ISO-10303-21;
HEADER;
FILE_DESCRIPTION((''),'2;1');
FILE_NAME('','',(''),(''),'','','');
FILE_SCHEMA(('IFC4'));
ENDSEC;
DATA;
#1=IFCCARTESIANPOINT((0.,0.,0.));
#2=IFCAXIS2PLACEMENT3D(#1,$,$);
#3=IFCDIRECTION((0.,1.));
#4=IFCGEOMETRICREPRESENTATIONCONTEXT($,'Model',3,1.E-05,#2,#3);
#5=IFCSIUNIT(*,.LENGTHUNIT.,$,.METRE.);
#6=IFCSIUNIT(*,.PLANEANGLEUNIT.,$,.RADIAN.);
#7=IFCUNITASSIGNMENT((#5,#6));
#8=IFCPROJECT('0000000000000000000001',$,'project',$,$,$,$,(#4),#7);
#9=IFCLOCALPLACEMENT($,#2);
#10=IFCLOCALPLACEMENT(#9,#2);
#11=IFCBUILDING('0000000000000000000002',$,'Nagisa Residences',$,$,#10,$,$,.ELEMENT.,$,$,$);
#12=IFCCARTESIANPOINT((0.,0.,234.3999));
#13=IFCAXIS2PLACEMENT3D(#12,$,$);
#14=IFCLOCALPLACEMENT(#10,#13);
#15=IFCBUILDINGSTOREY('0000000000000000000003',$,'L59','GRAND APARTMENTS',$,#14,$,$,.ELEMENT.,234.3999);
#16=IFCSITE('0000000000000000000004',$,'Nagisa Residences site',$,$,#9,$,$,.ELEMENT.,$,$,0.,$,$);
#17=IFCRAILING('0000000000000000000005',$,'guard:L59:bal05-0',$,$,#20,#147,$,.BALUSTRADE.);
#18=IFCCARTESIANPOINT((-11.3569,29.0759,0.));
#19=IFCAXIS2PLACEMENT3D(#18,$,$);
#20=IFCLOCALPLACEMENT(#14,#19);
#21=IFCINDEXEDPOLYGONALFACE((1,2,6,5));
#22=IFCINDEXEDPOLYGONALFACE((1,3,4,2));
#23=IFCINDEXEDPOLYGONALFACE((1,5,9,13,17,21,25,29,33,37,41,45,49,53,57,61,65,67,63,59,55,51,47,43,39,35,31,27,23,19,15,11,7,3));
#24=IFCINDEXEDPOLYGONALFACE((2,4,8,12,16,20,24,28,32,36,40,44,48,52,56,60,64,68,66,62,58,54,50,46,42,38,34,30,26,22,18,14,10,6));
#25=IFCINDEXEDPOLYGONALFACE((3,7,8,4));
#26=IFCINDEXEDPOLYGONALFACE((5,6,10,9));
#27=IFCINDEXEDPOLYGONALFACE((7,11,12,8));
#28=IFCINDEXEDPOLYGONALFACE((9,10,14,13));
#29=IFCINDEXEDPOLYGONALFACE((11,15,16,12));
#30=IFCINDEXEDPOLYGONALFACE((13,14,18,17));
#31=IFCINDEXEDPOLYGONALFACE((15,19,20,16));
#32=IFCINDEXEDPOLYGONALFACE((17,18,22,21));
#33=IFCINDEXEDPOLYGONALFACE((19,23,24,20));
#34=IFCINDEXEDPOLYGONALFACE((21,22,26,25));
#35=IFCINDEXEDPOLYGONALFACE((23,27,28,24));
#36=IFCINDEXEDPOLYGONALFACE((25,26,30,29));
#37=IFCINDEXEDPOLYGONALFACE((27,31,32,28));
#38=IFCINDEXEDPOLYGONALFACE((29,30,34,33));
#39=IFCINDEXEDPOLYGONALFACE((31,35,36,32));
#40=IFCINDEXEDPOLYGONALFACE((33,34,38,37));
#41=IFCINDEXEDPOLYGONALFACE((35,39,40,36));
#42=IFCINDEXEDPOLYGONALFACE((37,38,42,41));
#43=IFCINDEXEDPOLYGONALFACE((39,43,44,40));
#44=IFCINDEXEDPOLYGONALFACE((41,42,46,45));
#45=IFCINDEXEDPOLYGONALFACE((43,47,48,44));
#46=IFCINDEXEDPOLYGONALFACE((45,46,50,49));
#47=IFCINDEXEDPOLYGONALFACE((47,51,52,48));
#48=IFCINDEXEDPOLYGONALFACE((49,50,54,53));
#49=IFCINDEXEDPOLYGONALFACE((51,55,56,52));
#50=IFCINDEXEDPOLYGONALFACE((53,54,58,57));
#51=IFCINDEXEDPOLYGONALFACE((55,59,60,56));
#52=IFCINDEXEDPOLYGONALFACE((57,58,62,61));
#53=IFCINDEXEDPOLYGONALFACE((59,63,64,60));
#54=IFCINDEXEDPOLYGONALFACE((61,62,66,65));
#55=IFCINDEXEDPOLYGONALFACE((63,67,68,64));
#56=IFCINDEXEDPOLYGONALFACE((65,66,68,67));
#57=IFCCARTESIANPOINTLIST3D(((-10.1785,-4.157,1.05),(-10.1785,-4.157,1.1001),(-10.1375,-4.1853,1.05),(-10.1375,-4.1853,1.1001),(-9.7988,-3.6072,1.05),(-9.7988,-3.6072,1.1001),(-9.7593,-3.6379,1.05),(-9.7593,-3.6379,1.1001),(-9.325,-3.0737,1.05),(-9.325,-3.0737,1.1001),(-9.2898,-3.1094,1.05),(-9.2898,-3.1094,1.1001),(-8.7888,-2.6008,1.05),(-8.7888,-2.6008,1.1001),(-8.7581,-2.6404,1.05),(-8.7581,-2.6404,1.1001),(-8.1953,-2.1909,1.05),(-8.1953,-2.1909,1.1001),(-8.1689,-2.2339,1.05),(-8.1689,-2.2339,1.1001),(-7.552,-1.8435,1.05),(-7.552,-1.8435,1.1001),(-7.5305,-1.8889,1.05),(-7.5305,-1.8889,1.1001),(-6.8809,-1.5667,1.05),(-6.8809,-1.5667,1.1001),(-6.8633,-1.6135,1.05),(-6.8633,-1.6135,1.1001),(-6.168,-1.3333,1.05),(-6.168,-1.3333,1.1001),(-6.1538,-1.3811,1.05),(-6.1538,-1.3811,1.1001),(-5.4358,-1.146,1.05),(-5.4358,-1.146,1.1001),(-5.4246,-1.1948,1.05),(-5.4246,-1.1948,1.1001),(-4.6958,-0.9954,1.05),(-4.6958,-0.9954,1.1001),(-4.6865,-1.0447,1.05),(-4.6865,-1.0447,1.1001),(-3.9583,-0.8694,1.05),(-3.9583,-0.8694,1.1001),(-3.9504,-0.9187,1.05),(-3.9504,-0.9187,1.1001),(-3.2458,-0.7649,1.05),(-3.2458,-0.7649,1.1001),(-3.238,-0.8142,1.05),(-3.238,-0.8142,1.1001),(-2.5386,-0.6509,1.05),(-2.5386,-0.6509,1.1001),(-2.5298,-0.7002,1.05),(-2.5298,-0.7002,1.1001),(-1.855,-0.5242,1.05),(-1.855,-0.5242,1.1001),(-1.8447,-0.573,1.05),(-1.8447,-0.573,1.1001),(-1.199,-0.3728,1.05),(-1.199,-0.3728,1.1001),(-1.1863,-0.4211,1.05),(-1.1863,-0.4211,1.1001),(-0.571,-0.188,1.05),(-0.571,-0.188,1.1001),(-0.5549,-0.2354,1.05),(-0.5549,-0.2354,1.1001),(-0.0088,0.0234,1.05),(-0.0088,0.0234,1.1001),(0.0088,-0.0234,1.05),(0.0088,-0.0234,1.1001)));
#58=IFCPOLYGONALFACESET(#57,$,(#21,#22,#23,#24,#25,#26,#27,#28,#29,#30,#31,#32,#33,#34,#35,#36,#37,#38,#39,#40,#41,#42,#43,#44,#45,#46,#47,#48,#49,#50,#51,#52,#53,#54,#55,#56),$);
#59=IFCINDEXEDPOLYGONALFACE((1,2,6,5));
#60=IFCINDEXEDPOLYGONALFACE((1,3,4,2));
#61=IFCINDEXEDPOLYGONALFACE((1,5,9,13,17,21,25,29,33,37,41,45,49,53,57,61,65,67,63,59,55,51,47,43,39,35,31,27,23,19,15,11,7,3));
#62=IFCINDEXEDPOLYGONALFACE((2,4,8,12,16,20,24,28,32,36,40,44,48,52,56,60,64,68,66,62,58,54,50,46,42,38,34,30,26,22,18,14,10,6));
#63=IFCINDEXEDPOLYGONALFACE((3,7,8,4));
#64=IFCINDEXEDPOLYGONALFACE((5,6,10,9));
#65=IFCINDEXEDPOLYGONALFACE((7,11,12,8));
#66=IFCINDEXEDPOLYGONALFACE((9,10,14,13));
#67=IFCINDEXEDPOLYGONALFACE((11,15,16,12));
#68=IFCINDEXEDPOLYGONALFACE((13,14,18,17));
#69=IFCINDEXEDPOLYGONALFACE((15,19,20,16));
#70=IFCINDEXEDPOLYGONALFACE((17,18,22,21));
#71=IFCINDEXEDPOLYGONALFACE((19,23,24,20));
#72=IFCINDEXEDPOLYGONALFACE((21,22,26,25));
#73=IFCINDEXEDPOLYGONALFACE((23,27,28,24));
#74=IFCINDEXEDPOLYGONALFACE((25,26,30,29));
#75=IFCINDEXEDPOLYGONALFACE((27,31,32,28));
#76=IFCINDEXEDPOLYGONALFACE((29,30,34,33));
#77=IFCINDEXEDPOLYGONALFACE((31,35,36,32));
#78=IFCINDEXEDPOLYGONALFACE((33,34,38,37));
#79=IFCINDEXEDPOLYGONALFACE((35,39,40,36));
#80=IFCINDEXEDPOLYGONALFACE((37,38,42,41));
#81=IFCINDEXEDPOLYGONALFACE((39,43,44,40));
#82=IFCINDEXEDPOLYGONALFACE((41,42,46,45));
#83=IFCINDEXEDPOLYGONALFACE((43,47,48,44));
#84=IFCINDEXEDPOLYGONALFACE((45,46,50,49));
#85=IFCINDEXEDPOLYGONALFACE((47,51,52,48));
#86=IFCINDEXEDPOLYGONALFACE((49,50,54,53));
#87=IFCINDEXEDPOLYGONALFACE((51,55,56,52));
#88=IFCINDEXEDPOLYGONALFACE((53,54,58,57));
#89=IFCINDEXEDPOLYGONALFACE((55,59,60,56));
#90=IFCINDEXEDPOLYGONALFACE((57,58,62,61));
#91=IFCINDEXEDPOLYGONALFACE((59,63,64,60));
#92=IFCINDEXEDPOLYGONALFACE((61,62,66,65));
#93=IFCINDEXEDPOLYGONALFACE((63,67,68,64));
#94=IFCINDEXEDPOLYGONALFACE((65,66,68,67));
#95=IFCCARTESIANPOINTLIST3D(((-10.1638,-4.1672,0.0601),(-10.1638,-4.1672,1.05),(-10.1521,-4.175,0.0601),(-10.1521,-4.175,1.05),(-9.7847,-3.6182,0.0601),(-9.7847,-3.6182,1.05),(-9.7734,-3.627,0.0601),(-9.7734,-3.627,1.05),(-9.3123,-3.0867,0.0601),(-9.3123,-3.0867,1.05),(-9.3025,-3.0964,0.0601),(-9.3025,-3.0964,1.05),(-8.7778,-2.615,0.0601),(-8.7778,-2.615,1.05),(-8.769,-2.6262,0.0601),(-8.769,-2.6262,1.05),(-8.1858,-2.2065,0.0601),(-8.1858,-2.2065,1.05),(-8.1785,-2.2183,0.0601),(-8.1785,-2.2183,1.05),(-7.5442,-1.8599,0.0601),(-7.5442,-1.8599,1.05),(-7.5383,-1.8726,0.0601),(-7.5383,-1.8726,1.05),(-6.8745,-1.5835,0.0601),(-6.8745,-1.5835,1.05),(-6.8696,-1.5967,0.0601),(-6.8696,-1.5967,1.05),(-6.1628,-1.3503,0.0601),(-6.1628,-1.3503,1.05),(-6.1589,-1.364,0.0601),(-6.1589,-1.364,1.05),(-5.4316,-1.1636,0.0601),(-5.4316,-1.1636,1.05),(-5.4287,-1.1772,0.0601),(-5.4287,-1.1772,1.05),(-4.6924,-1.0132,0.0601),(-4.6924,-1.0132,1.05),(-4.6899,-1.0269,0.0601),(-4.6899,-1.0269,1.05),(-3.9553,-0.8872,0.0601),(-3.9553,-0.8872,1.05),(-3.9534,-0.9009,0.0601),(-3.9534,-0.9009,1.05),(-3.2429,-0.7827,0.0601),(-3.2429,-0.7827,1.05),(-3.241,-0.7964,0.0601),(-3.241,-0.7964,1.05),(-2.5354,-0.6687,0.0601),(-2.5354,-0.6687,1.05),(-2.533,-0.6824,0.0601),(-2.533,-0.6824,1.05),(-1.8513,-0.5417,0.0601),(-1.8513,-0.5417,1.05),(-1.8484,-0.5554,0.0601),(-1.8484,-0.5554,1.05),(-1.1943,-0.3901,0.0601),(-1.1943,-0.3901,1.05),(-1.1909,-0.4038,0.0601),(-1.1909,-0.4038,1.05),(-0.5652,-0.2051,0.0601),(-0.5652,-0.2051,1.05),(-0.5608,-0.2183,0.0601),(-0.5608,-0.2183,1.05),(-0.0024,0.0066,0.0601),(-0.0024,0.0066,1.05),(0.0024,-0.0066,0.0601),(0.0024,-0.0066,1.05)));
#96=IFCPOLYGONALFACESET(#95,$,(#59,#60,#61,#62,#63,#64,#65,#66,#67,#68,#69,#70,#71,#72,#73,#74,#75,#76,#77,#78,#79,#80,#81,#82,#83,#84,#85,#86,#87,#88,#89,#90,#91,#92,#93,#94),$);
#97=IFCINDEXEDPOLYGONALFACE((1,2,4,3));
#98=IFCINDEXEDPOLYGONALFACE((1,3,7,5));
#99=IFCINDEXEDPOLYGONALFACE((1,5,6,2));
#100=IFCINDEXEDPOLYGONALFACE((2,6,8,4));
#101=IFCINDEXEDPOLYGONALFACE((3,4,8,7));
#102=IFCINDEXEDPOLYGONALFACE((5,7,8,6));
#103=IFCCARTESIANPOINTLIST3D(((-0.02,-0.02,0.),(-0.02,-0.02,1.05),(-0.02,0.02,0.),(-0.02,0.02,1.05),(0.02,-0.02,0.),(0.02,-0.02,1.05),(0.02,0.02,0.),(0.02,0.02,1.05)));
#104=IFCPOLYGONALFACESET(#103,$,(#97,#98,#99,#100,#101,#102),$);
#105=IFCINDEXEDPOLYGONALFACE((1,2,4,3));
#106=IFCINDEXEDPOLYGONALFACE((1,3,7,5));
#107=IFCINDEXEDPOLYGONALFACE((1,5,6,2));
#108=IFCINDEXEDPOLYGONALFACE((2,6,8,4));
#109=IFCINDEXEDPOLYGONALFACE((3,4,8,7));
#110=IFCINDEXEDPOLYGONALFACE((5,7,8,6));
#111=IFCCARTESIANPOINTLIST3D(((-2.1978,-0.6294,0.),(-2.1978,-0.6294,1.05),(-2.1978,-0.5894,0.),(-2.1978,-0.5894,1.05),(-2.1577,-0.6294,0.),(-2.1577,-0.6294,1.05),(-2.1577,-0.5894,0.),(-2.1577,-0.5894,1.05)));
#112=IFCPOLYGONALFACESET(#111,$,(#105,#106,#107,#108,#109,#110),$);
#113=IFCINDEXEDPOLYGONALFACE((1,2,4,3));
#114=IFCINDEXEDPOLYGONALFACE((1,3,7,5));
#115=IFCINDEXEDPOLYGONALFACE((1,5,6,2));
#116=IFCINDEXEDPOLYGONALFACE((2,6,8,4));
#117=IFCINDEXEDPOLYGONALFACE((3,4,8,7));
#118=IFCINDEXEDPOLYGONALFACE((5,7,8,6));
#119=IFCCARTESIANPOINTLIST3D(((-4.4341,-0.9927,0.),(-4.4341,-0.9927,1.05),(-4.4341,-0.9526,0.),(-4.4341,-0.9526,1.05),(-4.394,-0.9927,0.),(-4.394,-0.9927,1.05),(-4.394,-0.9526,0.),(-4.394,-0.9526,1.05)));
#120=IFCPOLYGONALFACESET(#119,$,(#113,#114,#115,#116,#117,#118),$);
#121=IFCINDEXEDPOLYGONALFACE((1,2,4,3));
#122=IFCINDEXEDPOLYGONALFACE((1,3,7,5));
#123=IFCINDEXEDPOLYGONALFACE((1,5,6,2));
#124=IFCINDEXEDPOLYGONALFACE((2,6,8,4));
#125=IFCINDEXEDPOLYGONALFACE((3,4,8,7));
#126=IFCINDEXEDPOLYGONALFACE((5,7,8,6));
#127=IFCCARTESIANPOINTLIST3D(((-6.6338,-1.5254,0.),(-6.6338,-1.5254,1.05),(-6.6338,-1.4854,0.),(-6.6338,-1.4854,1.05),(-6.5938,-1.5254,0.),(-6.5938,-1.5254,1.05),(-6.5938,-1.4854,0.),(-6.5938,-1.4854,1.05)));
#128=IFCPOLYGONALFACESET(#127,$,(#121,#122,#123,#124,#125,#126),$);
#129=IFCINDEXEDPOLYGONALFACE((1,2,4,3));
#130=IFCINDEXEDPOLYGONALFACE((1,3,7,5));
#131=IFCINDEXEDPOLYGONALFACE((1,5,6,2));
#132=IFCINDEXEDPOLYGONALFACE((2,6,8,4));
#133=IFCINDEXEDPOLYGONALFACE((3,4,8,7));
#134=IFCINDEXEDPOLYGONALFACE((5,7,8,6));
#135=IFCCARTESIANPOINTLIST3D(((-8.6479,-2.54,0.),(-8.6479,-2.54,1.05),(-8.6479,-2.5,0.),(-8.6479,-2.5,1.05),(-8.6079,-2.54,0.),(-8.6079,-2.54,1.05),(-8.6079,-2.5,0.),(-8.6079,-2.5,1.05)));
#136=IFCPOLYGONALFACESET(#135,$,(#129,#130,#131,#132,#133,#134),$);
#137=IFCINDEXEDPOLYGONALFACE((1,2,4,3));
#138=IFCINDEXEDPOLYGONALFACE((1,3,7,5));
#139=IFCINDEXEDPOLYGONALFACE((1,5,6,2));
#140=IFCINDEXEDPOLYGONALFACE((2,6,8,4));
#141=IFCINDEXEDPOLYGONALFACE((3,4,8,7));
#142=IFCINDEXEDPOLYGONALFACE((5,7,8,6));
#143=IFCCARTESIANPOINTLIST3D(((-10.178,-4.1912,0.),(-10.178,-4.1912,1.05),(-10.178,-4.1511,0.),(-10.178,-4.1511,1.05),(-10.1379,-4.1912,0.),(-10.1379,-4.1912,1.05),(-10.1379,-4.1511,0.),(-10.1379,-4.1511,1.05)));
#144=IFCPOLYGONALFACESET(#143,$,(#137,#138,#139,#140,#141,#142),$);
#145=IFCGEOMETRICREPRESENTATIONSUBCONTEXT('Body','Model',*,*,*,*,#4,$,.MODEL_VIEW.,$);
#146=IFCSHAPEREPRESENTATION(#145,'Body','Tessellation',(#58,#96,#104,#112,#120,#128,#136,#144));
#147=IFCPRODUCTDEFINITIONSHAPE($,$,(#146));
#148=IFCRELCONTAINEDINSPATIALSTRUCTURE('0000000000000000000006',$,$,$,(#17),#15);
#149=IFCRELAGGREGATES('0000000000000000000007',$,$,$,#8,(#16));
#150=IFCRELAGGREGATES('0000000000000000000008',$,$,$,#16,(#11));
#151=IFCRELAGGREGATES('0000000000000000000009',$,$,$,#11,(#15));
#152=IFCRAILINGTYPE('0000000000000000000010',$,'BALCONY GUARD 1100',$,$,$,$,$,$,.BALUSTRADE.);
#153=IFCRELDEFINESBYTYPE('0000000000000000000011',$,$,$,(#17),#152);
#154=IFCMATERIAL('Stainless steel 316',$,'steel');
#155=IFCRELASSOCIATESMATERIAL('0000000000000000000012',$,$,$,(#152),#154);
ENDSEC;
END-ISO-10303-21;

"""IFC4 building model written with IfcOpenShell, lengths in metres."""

from ifc_helpers import new_model, si_unit, direction, frame, origin, origin_2d, place, context, subcontext, project, spatial, polyline, rectangle, outline, extrude, material, type_object, element, save


model = new_model("IFC4")

# Units and contexts
model_context = context("Model", 3, precision=1e-05, world=origin(), true_north=direction((0.0, 1.0)))
body_context = subcontext(model_context, "Body", "Model", "MODEL_VIEW")
ifc_project = project(units=[si_unit("LENGTHUNIT", "METRE"), si_unit("PLANEANGLEUNIT", "RADIAN")], contexts=[model_context])

# Site, building, storey
site_placement = place(None, origin())
site = spatial("IfcSite", under=ifc_project, at=site_placement, Name="Nagisa Residences site", CompositionType="ELEMENT", RefElevation=0.0)
building_placement = place(site_placement, origin())
building = spatial("IfcBuilding", under=site, at=building_placement, Name="Nagisa Residences", CompositionType="ELEMENT")
storey_placement = place(building_placement, frame((0.0, 0.0, 234.3999)))
storey = spatial("IfcBuildingStorey", under=building, at=storey_placement, Name="L59", Description="GRAND APARTMENTS", CompositionType="ELEMENT", Elevation=234.3999)

# Railing
ifc_material_1 = material(Name="Stainless steel 316", Category="steel")
railing_type = type_object("IfcRailingType", Name="BALCONY GUARD 1100", PredefinedType="BALUSTRADE", material=ifc_material_1)
railing_1_placement = place(storey_placement, frame((-11.3569, 29.0759, 0.0)))
element("IfcRailing", 1, at=railing_1_placement, inside=storey, type_object=railing_type, Name="guard:L59:bal05-0", PredefinedType="BALUSTRADE", context=body_context, shape_type="SweptSolid", body=[
    extrude(outline(polyline([(-0.5549, -0.2354), (0.0088, -0.0234), (-0.0088, 0.0234), (-0.571, -0.188), (-1.199, -0.3728), (-1.855, -0.5242), (-2.5386, -0.6509), (-3.2458, -0.7649), (-3.9583, -0.8694), (-4.6958, -0.9954), (-5.4358, -1.146), (-6.168, -1.3333), (-6.8809, -1.5667), (-7.552, -1.8435), (-8.1953, -2.1909), (-8.7888, -2.6008), (-9.325, -3.0737), (-9.7988, -3.6072), (-10.1785, -4.157), (-10.1375, -4.1853), (-9.7593, -3.6379), (-9.2898, -3.1094), (-8.7581, -2.6404), (-8.1689, -2.2339), (-7.5305, -1.8889), (-6.8633, -1.6135), (-6.1538, -1.3811), (-5.4246, -1.1948), (-4.6865, -1.0447), (-3.9504, -0.9187), (-3.238, -0.8142), (-2.5298, -0.7002), (-1.8447, -0.573), (-1.1863, -0.4211), (-0.5549, -0.2354)])), frame((0.0, 0.0, 1.05)), (0.0, 0.0, 1.0), 0.05),
    extrude(outline(polyline([(-0.5608, -0.2183), (0.0024, -0.0066), (-0.0024, 0.0066), (-0.5652, -0.2051), (-1.1943, -0.3901), (-1.8513, -0.5417), (-2.5354, -0.6687), (-3.2429, -0.7827), (-3.9553, -0.8872), (-4.6924, -1.0132), (-5.4316, -1.1636), (-6.1628, -1.3503), (-6.8745, -1.5835), (-7.5442, -1.8599), (-8.1858, -2.2065), (-8.7778, -2.615), (-9.3123, -3.0867), (-9.7847, -3.6182), (-10.1638, -4.1672), (-10.1521, -4.175), (-9.7734, -3.627), (-9.3025, -3.0964), (-8.769, -2.6262), (-8.1785, -2.2183), (-7.5383, -1.8726), (-6.8696, -1.5967), (-6.1589, -1.364), (-5.4287, -1.1772), (-4.6899, -1.0269), (-3.9534, -0.9009), (-3.241, -0.7964), (-2.533, -0.6824), (-1.8484, -0.5554), (-1.1909, -0.4038), (-0.5608, -0.2183)])), frame((0.0, 0.0, 0.0601)), (0.0, 0.0, 1.0), 0.99),
    extrude(rectangle(XDim=0.04, YDim=0.04, at=origin_2d()), origin(), (0.0, 0.0, 1.0), 1.05),
    extrude(rectangle(XDim=0.04, YDim=0.04, at=origin_2d()), frame((-2.1777, -0.6094, 0.0)), (0.0, 0.0, 1.0), 1.05),
    extrude(rectangle(XDim=0.04, YDim=0.04, at=origin_2d()), frame((-4.4141, -0.9727, 0.0)), (0.0, 0.0, 1.0), 1.05),
    extrude(rectangle(XDim=0.04, YDim=0.04, at=origin_2d()), frame((-6.6138, -1.5054, 0.0)), (0.0, 0.0, 1.0), 1.05),
    extrude(rectangle(XDim=0.04, YDim=0.04, at=origin_2d()), frame((-8.6279, -2.52, 0.0)), (0.0, 0.0, 1.0), 1.05),
    extrude(rectangle(XDim=0.04, YDim=0.04, at=origin_2d()), frame((-10.158, -4.1711, 0.0)), (0.0, 0.0, 1.0), 1.05),
])

save(model, "model.ifc")
